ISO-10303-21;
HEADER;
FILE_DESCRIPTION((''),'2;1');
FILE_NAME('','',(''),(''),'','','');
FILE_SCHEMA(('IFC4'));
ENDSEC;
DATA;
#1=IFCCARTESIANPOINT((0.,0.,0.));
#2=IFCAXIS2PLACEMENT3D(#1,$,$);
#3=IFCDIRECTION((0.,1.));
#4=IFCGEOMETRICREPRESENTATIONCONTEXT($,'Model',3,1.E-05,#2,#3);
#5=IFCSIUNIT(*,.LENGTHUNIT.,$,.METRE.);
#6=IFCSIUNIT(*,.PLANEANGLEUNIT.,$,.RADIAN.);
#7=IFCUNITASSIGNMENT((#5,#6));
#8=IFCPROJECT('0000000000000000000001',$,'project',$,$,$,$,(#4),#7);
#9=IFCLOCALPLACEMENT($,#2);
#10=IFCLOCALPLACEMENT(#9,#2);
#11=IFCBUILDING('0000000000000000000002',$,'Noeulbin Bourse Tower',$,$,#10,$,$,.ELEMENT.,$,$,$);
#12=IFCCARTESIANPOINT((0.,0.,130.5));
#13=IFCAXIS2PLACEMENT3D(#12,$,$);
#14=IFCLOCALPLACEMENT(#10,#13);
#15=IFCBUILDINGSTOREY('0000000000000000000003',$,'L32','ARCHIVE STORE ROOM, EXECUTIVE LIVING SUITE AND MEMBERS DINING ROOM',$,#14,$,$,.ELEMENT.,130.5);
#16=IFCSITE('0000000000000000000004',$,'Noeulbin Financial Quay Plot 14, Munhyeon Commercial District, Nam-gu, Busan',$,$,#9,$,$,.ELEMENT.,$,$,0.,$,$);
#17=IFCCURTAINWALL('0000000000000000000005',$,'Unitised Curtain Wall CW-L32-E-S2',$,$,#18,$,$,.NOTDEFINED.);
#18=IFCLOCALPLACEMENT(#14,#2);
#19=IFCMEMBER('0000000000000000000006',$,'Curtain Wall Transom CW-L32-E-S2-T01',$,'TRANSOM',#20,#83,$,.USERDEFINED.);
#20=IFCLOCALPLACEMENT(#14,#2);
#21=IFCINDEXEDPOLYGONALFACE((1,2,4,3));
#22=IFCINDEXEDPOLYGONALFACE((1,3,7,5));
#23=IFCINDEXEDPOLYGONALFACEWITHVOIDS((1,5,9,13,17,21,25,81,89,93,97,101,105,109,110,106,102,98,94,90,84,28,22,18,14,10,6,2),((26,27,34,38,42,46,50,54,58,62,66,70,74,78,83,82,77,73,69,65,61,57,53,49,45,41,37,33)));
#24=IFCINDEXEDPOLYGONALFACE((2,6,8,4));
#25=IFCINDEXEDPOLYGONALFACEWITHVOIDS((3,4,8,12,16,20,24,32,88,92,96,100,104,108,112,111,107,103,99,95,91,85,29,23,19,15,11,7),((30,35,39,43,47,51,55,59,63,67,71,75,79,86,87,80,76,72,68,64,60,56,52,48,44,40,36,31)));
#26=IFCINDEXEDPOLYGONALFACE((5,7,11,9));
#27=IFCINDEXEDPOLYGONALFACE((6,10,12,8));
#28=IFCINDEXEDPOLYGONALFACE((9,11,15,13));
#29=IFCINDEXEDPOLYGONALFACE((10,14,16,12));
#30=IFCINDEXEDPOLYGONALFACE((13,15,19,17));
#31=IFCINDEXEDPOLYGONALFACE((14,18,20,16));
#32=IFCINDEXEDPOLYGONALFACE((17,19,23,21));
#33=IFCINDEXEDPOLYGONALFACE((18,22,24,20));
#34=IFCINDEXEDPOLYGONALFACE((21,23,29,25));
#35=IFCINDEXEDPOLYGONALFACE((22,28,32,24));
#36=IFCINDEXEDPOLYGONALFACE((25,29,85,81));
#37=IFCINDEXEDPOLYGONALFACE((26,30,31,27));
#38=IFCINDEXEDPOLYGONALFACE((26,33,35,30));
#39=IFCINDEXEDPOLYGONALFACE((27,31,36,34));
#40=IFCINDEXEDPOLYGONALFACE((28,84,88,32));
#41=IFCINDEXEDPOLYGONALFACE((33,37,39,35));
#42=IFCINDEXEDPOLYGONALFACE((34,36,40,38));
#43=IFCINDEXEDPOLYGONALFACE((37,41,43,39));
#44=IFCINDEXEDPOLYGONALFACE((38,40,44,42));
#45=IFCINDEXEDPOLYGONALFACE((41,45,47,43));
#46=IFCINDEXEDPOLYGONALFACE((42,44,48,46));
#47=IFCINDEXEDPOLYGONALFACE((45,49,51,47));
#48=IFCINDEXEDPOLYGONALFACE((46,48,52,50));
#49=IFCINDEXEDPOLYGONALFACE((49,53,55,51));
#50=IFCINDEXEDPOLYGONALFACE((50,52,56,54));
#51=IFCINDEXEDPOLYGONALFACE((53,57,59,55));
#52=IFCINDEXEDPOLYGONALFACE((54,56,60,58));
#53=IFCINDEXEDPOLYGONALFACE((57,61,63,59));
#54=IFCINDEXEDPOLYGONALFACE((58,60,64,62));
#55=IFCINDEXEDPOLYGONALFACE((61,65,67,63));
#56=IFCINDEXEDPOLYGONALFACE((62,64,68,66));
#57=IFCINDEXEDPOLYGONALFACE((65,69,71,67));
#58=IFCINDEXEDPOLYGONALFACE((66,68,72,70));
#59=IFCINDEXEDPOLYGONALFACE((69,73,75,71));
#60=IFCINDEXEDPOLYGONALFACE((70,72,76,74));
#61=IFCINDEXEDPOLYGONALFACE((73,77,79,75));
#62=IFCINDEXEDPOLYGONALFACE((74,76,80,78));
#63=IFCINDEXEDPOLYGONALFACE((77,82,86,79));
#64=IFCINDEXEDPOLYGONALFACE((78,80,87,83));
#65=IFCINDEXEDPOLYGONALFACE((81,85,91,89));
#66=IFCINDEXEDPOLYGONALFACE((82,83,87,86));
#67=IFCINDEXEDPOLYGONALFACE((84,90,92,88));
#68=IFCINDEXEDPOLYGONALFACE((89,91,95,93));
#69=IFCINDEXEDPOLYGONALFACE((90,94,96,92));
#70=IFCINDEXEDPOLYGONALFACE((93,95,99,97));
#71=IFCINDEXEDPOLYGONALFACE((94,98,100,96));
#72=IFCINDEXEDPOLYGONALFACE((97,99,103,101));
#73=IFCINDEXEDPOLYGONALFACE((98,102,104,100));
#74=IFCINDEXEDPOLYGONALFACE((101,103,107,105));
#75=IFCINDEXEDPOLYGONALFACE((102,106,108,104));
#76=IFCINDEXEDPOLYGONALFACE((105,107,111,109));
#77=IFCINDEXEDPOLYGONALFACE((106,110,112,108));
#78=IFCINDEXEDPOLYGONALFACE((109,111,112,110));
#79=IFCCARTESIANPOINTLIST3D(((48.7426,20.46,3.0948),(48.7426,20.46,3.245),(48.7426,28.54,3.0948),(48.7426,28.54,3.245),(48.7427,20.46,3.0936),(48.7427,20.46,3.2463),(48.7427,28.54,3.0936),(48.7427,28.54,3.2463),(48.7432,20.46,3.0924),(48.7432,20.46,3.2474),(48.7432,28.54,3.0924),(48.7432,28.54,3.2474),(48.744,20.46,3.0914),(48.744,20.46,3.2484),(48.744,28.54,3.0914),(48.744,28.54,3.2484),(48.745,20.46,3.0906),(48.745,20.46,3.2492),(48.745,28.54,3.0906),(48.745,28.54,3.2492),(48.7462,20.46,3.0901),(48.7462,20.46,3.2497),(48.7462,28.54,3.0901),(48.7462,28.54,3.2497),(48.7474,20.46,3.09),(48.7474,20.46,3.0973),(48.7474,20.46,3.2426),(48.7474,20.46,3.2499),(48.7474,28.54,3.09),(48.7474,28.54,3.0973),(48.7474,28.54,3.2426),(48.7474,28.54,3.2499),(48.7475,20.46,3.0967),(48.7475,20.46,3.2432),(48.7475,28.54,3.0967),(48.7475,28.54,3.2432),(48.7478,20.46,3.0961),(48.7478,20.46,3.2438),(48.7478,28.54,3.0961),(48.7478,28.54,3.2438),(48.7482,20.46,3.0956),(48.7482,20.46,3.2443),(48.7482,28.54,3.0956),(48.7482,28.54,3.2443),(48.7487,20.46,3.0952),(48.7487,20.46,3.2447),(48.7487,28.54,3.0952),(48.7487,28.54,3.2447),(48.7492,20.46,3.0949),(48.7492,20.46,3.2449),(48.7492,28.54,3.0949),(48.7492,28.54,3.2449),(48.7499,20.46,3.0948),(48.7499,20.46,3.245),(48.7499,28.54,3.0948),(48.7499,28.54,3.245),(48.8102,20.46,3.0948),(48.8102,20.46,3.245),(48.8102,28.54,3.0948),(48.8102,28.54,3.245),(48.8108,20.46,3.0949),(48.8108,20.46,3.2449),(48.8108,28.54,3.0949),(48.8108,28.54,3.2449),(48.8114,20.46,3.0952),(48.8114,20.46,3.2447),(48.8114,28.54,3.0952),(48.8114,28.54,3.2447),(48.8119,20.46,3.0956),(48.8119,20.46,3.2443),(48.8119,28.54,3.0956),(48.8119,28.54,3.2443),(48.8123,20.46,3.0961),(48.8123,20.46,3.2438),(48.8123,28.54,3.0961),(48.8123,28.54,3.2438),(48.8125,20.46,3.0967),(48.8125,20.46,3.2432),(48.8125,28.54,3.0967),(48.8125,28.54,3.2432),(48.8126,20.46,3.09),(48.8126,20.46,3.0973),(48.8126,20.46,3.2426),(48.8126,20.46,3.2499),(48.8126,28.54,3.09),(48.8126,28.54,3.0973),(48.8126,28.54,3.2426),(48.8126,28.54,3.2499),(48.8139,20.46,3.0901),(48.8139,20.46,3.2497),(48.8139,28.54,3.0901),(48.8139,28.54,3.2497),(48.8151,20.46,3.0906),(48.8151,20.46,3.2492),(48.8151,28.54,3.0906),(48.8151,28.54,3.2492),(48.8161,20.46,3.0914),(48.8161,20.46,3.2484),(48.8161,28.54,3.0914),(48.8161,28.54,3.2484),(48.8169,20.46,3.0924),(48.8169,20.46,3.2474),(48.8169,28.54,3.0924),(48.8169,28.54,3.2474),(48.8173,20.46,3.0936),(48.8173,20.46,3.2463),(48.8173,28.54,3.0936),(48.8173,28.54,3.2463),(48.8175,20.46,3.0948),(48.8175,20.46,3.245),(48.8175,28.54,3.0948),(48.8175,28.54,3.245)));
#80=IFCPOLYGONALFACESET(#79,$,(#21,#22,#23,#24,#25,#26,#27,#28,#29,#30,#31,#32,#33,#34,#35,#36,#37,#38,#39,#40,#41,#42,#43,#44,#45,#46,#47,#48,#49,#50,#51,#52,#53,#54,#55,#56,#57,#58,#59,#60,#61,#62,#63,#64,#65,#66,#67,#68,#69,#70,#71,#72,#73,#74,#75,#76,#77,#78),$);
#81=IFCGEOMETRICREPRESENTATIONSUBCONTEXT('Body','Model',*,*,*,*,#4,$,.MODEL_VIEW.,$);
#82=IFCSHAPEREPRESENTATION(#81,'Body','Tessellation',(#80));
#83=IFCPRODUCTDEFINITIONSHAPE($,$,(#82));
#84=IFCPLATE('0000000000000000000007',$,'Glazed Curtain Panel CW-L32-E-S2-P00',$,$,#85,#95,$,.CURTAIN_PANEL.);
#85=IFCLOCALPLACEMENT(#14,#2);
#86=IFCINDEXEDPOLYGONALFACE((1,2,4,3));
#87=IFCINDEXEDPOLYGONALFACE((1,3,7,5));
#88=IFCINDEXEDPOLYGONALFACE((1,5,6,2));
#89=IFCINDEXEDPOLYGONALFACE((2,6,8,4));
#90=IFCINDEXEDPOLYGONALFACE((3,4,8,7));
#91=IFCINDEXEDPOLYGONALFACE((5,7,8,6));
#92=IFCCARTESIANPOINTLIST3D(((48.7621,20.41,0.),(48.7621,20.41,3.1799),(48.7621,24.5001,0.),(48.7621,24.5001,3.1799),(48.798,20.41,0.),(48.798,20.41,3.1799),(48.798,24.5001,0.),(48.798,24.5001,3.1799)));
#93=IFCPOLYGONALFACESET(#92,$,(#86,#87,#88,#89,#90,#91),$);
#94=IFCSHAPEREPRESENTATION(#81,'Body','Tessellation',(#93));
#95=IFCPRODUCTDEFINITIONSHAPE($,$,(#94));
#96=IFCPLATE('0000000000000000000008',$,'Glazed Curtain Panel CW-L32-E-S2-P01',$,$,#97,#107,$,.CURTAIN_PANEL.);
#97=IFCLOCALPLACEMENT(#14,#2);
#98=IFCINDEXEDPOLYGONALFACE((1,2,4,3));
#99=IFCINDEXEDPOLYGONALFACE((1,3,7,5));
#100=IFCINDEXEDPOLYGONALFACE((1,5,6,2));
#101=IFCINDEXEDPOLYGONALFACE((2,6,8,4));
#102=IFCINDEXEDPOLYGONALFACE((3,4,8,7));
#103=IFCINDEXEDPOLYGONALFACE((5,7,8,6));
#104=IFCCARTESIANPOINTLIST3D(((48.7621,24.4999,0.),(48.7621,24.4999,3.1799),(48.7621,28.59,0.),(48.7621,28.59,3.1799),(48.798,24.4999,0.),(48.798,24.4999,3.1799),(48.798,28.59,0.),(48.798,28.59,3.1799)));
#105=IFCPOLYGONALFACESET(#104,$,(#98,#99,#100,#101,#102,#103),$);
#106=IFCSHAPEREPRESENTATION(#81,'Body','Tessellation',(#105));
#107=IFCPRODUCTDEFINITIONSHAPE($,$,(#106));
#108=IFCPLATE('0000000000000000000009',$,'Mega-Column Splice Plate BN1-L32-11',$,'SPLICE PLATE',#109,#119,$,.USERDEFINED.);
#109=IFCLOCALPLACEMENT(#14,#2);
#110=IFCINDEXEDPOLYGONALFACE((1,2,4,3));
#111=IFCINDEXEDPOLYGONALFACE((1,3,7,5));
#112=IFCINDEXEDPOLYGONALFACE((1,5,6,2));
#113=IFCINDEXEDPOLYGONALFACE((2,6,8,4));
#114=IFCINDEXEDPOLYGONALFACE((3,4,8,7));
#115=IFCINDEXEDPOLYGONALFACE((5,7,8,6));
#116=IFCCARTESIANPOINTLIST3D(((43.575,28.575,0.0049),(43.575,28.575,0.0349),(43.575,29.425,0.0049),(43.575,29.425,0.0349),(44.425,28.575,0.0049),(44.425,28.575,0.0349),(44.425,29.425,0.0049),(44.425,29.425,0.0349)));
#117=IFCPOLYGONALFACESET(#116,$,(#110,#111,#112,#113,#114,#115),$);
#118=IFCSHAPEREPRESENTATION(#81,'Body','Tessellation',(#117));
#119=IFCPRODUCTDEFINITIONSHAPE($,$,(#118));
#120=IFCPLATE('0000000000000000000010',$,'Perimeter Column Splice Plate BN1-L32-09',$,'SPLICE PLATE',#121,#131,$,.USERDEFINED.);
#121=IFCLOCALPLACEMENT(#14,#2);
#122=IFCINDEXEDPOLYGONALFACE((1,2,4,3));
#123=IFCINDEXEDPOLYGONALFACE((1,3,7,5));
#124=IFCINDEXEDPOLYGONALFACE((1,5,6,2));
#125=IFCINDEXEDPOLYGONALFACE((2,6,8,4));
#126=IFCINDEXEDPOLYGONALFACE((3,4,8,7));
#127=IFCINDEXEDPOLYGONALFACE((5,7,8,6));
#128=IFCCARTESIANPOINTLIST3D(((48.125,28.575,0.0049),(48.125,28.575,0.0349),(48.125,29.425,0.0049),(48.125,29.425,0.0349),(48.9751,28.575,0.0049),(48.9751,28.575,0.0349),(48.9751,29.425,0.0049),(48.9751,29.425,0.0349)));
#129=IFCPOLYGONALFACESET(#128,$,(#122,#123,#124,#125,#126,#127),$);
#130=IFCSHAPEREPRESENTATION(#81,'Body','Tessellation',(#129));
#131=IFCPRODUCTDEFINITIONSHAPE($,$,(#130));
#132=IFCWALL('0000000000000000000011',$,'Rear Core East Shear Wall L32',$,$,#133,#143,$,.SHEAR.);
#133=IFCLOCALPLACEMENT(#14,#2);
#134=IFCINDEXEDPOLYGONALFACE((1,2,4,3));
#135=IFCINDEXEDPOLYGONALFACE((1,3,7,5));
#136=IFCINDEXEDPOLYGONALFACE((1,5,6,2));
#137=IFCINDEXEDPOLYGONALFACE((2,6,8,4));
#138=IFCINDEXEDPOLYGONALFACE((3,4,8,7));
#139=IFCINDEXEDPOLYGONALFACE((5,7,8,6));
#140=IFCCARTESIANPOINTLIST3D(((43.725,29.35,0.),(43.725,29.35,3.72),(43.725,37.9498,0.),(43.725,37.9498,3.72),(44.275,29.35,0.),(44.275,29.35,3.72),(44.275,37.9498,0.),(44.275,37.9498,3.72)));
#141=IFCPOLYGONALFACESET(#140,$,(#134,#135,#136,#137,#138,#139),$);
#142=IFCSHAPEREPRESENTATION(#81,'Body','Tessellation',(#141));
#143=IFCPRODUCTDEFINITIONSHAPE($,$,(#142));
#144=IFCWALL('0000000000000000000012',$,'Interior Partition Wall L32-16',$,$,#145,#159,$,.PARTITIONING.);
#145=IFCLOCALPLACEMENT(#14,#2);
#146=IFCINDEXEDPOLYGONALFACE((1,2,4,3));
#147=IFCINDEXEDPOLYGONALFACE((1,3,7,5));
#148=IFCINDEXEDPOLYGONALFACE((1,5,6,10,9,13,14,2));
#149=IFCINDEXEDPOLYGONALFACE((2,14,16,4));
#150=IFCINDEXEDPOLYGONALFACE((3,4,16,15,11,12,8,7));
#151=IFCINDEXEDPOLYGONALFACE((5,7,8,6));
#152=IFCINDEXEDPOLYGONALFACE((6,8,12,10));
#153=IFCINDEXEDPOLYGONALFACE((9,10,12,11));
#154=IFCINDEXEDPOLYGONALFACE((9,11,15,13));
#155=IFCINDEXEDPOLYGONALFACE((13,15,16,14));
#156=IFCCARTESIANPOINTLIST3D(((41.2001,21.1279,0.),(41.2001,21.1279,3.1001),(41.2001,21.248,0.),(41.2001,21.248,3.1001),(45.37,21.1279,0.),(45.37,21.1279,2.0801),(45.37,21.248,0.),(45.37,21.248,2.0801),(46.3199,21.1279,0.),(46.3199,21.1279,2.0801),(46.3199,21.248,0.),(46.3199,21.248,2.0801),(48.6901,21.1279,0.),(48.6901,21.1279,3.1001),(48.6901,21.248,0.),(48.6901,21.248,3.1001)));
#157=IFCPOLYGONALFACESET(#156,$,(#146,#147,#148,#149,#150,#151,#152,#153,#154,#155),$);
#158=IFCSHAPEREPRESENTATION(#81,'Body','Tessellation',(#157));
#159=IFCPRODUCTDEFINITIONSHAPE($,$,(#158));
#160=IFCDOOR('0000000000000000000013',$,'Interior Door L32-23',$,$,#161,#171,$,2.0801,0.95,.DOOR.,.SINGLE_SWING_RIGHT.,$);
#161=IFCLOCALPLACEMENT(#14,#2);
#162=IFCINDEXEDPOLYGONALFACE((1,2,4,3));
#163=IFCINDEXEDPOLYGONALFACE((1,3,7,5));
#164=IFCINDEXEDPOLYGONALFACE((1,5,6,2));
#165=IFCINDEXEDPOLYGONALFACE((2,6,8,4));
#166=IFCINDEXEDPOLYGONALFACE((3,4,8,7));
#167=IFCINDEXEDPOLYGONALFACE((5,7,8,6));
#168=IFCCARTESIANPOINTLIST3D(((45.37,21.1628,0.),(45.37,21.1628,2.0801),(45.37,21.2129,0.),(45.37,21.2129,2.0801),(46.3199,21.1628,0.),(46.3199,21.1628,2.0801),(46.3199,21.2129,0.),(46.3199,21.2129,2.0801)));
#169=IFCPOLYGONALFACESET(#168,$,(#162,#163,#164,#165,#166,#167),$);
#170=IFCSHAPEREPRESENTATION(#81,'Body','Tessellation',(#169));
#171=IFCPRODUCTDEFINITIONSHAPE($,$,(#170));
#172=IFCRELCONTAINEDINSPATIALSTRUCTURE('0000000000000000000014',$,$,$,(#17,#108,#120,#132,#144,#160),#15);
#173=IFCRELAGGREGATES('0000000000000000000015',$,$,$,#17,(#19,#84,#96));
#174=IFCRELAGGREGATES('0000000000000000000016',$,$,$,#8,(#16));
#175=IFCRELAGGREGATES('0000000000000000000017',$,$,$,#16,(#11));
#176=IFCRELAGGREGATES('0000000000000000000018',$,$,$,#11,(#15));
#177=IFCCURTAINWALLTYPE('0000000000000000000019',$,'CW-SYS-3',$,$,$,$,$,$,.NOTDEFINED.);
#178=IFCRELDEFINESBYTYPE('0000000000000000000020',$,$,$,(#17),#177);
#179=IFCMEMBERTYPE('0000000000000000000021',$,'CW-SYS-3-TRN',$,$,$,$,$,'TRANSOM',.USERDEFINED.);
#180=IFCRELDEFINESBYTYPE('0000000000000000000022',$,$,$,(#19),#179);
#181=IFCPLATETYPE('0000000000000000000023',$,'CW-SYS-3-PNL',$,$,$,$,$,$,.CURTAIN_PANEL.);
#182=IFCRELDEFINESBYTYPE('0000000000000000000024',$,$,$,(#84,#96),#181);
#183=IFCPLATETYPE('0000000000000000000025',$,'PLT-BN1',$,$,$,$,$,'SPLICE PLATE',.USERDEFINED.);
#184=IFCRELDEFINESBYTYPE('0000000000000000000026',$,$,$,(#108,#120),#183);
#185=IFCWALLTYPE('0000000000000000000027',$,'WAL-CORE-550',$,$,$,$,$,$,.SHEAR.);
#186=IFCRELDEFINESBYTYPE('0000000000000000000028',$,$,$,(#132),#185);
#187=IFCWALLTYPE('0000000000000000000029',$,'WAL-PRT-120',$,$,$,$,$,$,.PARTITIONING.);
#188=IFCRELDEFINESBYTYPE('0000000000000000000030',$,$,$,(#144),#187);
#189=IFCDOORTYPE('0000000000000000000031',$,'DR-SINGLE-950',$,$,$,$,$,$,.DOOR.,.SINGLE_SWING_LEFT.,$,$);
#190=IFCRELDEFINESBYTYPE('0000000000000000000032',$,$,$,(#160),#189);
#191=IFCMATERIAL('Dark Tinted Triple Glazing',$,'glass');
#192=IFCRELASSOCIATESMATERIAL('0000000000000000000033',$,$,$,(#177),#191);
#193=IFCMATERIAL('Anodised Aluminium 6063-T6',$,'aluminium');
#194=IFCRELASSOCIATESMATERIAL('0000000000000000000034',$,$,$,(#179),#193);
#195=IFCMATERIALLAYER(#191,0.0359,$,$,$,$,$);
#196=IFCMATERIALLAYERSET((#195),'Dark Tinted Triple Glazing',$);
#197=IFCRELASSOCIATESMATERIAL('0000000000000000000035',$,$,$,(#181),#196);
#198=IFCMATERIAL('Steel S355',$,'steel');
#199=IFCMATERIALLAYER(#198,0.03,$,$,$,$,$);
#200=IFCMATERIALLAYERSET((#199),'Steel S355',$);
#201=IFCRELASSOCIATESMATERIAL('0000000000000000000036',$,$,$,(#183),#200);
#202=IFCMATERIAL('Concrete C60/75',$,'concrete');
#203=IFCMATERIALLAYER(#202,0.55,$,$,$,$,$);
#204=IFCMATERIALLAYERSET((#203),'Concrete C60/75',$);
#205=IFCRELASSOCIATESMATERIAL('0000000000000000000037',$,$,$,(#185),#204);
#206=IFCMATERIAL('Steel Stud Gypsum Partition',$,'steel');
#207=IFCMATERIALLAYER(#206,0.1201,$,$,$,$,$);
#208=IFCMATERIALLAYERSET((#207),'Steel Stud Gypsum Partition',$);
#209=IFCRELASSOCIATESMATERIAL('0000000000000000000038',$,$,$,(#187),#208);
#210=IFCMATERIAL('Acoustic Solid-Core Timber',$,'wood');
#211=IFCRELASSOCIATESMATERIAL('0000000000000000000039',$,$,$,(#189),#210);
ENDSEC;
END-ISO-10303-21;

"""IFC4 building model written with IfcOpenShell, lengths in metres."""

from ifc_helpers import new_model, si_unit, direction, frame, frame_2d, origin, origin_2d, place, context, subcontext, project, spatial, rectangle, hollow_rectangle, extrude, material, layer, layer_set, material_profile, profile_set, type_object, element, fill, aggregate, save


model = new_model("IFC4")

# Units and contexts
model_context = context("Model", 3, precision=1e-05, world=origin(), true_north=direction((0.0, 1.0)))
body_context = subcontext(model_context, "Body", "Model", "MODEL_VIEW")
ifc_project = project(units=[si_unit("LENGTHUNIT", "METRE"), si_unit("PLANEANGLEUNIT", "RADIAN")], contexts=[model_context])

# Site, building, storey
site_placement = place(None, origin())
site = spatial("IfcSite", under=ifc_project, at=site_placement, Name="Noeulbin Financial Quay Plot 14, Munhyeon Commercial District, Nam-gu, Busan", CompositionType="ELEMENT", RefElevation=0.0)
building_placement = place(site_placement, origin())
building = spatial("IfcBuilding", under=site, at=building_placement, Name="Noeulbin Bourse Tower", CompositionType="ELEMENT")
storey_placement = place(building_placement, frame((0.0, 0.0, 130.5)))
storey = spatial("IfcBuildingStorey", under=building, at=storey_placement, Name="L32", Description="ARCHIVE STORE ROOM, EXECUTIVE LIVING SUITE AND MEMBERS DINING ROOM", CompositionType="ELEMENT", Elevation=130.5)

# Shared definitions
ifc_material_1 = material(Name="Steel S355", Category="steel")

# Curtain wall, member, plates
ifc_material_2 = material(Name="Dark Tinted Triple Glazing", Category="glass")
curtain_wall_type = type_object("IfcCurtainWallType", Name="CW-SYS-3", PredefinedType="NOTDEFINED", material=ifc_material_2)
curtain_wall_placement = place(storey_placement, origin())
curtain_wall = element("IfcCurtainWall", 1, at=curtain_wall_placement, inside=storey, type_object=curtain_wall_type, Name="Unitised Curtain Wall CW-L32-E-S2", PredefinedType="NOTDEFINED")
ifc_material_3 = material(Name="Anodised Aluminium 6063-T6", Category="aluminium")
ifc_material_profile_1 = material_profile(ifc_material_3, hollow_rectangle(XDim=0.075, YDim=0.1599, WallThickness=0.0049, InnerFilletRadius=0.0024, OuterFilletRadius=0.0049, at=origin_2d()), Name="ALU-TRAN-75x160x5", Category="LoadBearing")
ifc_profile_set_1 = profile_set([ifc_material_profile_1], Name="Anodised Aluminium 6063-T6")
member_type_1 = type_object("IfcMemberType", Name="CW-SYS-3-TRN", ElementType="TRANSOM", PredefinedType="USERDEFINED", material=ifc_profile_set_1)
member_1_placement = place(storey_placement, frame((48.78, 20.46, 3.1699), z_axis=(0.0, 1.0, 0.0), x_axis=(-1.0, 0.0, 0.0)))
member_1 = element("IfcMember", 2, at=member_1_placement, type_object=member_type_1, Name="Curtain Wall Transom CW-L32-E-S2-T01", ObjectType="TRANSOM", PredefinedType="USERDEFINED", context=body_context, shape_type="SweptSolid", body=[
    extrude(hollow_rectangle(XDim=0.075, YDim=0.1599, WallThickness=0.0049, InnerFilletRadius=0.0024, OuterFilletRadius=0.0049, at=origin_2d()), origin(), (0.0, 0.0, 1.0), 8.0801),
])
ifc_layer_1 = layer(ifc_material_2, 0.0359)
ifc_layer_set_1 = layer_set([ifc_layer_1], Name="Dark Tinted Triple Glazing")
plate_type_1 = type_object("IfcPlateType", Name="CW-SYS-3-PNL", PredefinedType="CURTAIN_PANEL", material=ifc_layer_set_1)
plate_1_placement = place(storey_placement, frame((48.78, 22.4551, 0.0), z_axis=(0.0, 0.0, 1.0), x_axis=(0.0, 1.0, 0.0)))
plate_1 = element("IfcPlate", 3, at=plate_1_placement, type_object=plate_type_1, Name="Glazed Curtain Panel CW-L32-E-S2-P00", PredefinedType="CURTAIN_PANEL", context=body_context, shape_type="SweptSolid", body=[
    extrude(rectangle(XDim=4.0901, YDim=0.0359, at=origin_2d()), origin(), (0.0, 0.0, 1.0), 3.1799),
])
plate_2_placement = place(storey_placement, frame((48.78, 26.5449, 0.0), z_axis=(0.0, 0.0, 1.0), x_axis=(0.0, 1.0, 0.0)))
plate_2 = element("IfcPlate", 4, at=plate_2_placement, type_object=plate_type_1, Name="Glazed Curtain Panel CW-L32-E-S2-P01", PredefinedType="CURTAIN_PANEL", context=body_context, shape_type="SweptSolid", body=[
    extrude(rectangle(XDim=4.0901, YDim=0.0359, at=origin_2d()), origin(), (0.0, 0.0, 1.0), 3.1799),
])
aggregate(curtain_wall, [member_1, plate_1, plate_2])

# Plates
ifc_layer_2 = layer(ifc_material_1, 0.03)
ifc_layer_set_2 = layer_set([ifc_layer_2], Name="Steel S355")
plate_type_2 = type_object("IfcPlateType", Name="PLT-BN1", ElementType="SPLICE PLATE", PredefinedType="USERDEFINED", material=ifc_layer_set_2)
for number, where, z_axis, x_axis, name in (
    (5, (44.0, 29.0, 0.0049), (0.0, 0.0, 1.0), (1.0, 0.0, 0.0), "Mega-Column Splice Plate BN1-L32-11"),
    (6, (48.55, 29.0, 0.0049), (0.0, 0.0, 1.0), (1.0, 0.0, 0.0), "Perimeter Column Splice Plate BN1-L32-09"),
):
    element("IfcPlate", number, at=place(storey_placement, frame(where, z_axis=z_axis, x_axis=x_axis)), inside=storey, type_object=plate_type_2, Name=name, ObjectType="SPLICE PLATE", PredefinedType="USERDEFINED", context=body_context, shape_type="SweptSolid", body=[
        extrude(rectangle(XDim=0.8501, YDim=0.8501, at=origin_2d()), origin(), (0.0, 0.0, 1.0), 0.03),
    ])

# Wall
ifc_material_4 = material(Name="Concrete C60/75", Category="concrete")
ifc_layer_3 = layer(ifc_material_4, 0.55)
ifc_layer_set_3 = layer_set([ifc_layer_3], Name="Concrete C60/75")
wall_type_1 = type_object("IfcWallType", Name="WAL-CORE-550", PredefinedType="SHEAR", material=ifc_layer_set_3)
wall_1_placement = place(storey_placement, frame((44.0, 29.3501, 0.0), z_axis=(0.0, 0.0, 1.0), x_axis=(0.0, 1.0, 0.0)))
element("IfcWall", 7, at=wall_1_placement, inside=storey, type_object=wall_type_1, Name="Rear Core East Shear Wall L32", PredefinedType="SHEAR", context=body_context, shape_type="SweptSolid", body=[
    extrude(rectangle(XDim=8.5999, YDim=0.55, at=frame_2d((4.2998, 0.0))), origin(), (0.0, 0.0, 1.0), 3.72),
])

# Wall, opening, door
ifc_material_5 = material(Name="Steel Stud Gypsum Partition", Category="steel")
ifc_layer_4 = layer(ifc_material_5, 0.1201)
ifc_layer_set_4 = layer_set([ifc_layer_4], Name="Steel Stud Gypsum Partition")
wall_type_2 = type_object("IfcWallType", Name="WAL-PRT-120", PredefinedType="PARTITIONING", material=ifc_layer_set_4)
wall_2_placement = place(storey_placement, frame((41.2, 21.188, 0.0), z_axis=(0.0, 0.0, 1.0), x_axis=(1.0, 0.0, 0.0)))
wall_2 = element("IfcWall", 8, at=wall_2_placement, inside=storey, type_object=wall_type_2, Name="Interior Partition Wall L32-16", PredefinedType="PARTITIONING", context=body_context, shape_type="SweptSolid", body=[
    extrude(rectangle(XDim=7.49, YDim=0.1201, at=frame_2d((3.7451, 0.0))), origin(), (0.0, 0.0, 1.0), 3.1001),
])
opening_placement = place(wall_2_placement, frame((4.1699, 0.0, 0.0)))
opening = element("IfcOpeningElement", 9, at=opening_placement, cuts=wall_2, PredefinedType="OPENING", context=body_context, shape_type="SweptSolid", body=[
    extrude(rectangle(XDim=0.95, YDim=2.0801, at=frame_2d((0.4751, 1.04))), frame((0.0, 0.0701, 0.0), z_axis=(0.0, -1.0, 0.0), x_axis=(1.0, 0.0, 0.0)), (0.0, 0.0, 1.0), 0.1401),
])
ifc_material_6 = material(Name="Acoustic Solid-Core Timber", Category="wood")
door_type = type_object("IfcDoorType", Name="DR-SINGLE-950", OperationType="SINGLE_SWING_LEFT", PredefinedType="DOOR", material=ifc_material_6)
door_placement = place(opening_placement, origin())
door = element("IfcDoor", 10, at=door_placement, inside=storey, type_object=door_type, Name="Interior Door L32-23", OperationType="SINGLE_SWING_RIGHT", OverallHeight=2.0801, OverallWidth=0.95, PredefinedType="DOOR", context=body_context, shape_type="SweptSolid", body=[
    extrude(rectangle(XDim=0.95, YDim=2.0801, at=frame_2d((0.4751, 1.04))), frame((0.0, 0.0249, 0.0), z_axis=(0.0, -1.0, 0.0), x_axis=(1.0, 0.0, 0.0)), (0.0, 0.0, 1.0), 0.05),
])
fill(opening, door)

save(model, "model.ifc")
